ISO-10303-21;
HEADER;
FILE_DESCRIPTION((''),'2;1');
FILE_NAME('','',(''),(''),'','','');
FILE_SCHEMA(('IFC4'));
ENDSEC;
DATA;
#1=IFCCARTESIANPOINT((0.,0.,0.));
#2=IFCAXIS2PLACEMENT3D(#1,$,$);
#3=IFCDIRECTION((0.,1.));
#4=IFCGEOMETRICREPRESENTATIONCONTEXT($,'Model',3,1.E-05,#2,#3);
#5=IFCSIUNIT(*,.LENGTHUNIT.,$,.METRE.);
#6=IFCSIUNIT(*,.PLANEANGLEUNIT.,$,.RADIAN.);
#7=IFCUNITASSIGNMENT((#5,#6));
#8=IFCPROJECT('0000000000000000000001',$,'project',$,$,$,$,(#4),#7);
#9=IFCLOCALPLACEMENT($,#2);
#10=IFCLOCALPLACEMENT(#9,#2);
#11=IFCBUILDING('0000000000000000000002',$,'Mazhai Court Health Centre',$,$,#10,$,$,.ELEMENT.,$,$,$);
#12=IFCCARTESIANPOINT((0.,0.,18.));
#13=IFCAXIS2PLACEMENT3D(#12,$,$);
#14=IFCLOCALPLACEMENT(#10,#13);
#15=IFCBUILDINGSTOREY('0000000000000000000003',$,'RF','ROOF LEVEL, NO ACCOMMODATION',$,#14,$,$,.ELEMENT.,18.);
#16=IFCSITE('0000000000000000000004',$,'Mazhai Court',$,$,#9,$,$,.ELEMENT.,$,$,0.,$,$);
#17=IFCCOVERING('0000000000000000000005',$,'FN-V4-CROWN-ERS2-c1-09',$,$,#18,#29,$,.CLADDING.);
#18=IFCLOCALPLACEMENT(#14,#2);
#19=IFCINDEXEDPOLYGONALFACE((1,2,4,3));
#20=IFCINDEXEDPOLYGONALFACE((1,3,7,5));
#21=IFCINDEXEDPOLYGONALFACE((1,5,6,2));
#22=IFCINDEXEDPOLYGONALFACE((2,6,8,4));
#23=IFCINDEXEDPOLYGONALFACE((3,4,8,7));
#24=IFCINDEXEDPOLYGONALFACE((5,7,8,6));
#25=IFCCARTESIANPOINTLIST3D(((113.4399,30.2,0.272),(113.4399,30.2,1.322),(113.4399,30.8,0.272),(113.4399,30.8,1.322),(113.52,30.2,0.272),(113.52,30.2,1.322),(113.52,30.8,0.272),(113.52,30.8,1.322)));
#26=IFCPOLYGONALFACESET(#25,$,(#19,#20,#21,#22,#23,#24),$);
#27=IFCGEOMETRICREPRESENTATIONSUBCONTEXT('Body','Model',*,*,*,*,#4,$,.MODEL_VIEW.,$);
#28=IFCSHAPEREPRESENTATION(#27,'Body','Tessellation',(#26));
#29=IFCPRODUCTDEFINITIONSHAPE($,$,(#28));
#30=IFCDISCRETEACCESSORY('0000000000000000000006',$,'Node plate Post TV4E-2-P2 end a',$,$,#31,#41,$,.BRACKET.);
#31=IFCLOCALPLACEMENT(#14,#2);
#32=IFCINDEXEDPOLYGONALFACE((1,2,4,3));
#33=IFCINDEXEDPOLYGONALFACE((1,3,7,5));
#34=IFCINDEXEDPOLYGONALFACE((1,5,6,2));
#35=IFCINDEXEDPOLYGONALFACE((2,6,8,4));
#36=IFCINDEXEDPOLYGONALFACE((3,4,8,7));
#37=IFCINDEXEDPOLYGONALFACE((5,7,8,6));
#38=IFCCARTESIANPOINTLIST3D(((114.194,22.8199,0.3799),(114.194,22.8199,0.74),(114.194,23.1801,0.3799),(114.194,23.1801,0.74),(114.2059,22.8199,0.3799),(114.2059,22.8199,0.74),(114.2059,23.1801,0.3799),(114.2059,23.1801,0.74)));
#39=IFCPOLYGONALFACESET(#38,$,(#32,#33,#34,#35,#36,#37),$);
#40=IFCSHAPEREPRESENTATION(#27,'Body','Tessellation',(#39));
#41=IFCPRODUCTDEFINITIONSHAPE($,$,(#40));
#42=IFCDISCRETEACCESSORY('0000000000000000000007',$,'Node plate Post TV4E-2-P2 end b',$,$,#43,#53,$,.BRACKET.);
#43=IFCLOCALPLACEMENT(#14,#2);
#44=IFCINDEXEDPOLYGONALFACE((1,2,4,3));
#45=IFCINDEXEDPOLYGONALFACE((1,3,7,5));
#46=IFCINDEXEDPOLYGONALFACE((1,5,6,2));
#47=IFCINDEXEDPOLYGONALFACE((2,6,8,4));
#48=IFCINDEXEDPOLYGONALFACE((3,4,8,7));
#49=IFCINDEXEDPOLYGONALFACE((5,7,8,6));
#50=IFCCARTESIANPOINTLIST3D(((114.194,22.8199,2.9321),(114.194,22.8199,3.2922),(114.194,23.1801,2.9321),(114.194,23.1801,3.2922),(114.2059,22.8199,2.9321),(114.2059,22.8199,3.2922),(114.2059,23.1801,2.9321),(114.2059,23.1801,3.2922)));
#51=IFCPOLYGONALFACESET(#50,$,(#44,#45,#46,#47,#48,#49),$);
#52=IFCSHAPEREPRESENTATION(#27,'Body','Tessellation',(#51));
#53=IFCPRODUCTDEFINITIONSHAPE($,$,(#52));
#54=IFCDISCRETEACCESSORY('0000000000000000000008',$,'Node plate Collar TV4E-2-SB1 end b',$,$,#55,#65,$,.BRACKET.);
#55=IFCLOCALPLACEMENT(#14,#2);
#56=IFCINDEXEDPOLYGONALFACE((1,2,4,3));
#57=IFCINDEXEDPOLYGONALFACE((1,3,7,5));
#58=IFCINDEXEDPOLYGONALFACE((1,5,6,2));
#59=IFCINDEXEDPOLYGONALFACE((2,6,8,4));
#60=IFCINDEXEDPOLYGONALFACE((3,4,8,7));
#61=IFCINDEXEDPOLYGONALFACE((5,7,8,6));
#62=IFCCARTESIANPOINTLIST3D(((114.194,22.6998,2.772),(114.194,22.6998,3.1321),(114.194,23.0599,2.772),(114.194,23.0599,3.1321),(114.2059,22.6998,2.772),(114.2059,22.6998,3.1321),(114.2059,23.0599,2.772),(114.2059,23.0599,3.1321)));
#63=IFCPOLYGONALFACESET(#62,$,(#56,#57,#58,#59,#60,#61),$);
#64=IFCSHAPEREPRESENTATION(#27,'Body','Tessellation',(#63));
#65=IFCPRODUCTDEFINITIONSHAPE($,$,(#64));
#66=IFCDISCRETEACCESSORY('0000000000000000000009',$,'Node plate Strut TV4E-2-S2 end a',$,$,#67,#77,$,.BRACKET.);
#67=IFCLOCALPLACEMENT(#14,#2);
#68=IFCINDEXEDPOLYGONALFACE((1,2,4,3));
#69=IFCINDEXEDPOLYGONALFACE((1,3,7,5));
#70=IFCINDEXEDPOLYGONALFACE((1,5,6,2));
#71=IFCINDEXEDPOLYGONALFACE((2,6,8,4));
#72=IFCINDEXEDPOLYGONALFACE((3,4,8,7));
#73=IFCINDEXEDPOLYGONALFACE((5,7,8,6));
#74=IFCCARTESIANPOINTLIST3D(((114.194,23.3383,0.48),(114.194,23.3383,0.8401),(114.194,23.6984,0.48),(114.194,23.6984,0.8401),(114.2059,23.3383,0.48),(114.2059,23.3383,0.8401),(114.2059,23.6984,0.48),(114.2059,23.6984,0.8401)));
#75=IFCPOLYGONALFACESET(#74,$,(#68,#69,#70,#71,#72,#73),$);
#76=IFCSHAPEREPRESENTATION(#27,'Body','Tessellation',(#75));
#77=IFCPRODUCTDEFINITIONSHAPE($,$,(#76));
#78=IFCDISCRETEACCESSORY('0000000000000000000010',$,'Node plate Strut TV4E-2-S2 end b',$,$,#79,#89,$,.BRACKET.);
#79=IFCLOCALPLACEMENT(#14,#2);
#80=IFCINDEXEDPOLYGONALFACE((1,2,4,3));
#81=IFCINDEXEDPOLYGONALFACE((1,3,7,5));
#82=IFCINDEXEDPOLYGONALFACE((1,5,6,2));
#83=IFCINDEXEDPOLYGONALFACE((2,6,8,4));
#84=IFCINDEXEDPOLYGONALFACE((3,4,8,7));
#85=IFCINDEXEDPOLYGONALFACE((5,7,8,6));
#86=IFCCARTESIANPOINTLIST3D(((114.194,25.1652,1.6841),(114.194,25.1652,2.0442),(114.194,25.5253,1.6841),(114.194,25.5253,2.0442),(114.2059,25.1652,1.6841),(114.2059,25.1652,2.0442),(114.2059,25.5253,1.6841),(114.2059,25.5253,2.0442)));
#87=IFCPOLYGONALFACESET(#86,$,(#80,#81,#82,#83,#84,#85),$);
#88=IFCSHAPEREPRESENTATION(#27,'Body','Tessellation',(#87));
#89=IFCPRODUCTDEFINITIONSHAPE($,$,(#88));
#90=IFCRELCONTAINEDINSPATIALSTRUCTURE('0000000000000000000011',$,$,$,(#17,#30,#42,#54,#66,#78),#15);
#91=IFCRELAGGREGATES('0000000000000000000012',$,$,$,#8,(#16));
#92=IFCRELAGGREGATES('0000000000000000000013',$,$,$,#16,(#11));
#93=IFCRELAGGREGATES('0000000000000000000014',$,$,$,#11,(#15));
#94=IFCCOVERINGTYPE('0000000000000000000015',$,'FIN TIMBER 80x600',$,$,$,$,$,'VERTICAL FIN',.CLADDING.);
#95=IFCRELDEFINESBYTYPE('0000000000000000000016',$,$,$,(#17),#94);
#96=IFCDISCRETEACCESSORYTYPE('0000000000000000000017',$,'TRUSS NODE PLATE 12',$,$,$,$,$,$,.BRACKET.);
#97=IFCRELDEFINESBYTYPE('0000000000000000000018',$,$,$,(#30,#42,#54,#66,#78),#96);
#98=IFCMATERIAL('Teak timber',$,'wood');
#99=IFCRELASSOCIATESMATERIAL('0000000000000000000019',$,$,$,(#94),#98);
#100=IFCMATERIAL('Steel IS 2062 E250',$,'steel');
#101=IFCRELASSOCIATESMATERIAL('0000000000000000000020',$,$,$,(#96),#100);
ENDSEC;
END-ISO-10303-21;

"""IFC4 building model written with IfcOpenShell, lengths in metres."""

from ifc_helpers import new_model, si_unit, direction, frame, origin, origin_2d, place, context, subcontext, project, spatial, rectangle, extrude, material, type_object, element, save


model = new_model("IFC4")

# Units and contexts
model_context = context("Model", 3, precision=1e-05, world=origin(), true_north=direction((0.0, 1.0)))
body_context = subcontext(model_context, "Body", "Model", "MODEL_VIEW")
ifc_project = project(units=[si_unit("LENGTHUNIT", "METRE"), si_unit("PLANEANGLEUNIT", "RADIAN")], contexts=[model_context])

# Site, building, storey
site_placement = place(None, origin())
site = spatial("IfcSite", under=ifc_project, at=site_placement, Name="Mazhai Court", CompositionType="ELEMENT", RefElevation=0.0)
building_placement = place(site_placement, origin())
building = spatial("IfcBuilding", under=site, at=building_placement, Name="Mazhai Court Health Centre", CompositionType="ELEMENT")
storey_placement = place(building_placement, frame((0.0, 0.0, 18.0)))
storey = spatial("IfcBuildingStorey", under=building, at=storey_placement, Name="RF", Description="ROOF LEVEL, NO ACCOMMODATION", CompositionType="ELEMENT", Elevation=18.0)

# Covering
ifc_material_1 = material(Name="Teak timber", Category="wood")
covering_type = type_object("IfcCoveringType", Name="FIN TIMBER 80x600", ElementType="VERTICAL FIN", PredefinedType="CLADDING", material=ifc_material_1)
for number, where, z_axis, x_axis, name in (
    (1, (113.48, 30.5, 0.272), (0.0, 0.0, 1.0), (1.0, 0.0, 0.0), "FN-V4-CROWN-ERS2-c1-09"),
):
    element("IfcCovering", number, at=place(storey_placement, frame(where, z_axis=z_axis, x_axis=x_axis)), inside=storey, type_object=covering_type, Name=name, PredefinedType="CLADDING", context=body_context, shape_type="SweptSolid", body=[
        extrude(rectangle(XDim=0.0801, YDim=0.6001, at=origin_2d()), origin(), (0.0, 0.0, 1.0), 1.05),
    ])

# Discrete accessories
ifc_material_2 = material(Name="Steel IS 2062 E250", Category="steel")
discrete_accessory_type = type_object("IfcDiscreteAccessoryType", Name="TRUSS NODE PLATE 12", PredefinedType="BRACKET", material=ifc_material_2)
for number, where, z_axis, x_axis, name in (
    (2, (114.2, 23.0, 0.3799), (0.0, 0.0, 1.0), (1.0, 0.0, 0.0), "Node plate Post TV4E-2-P2 end a"),
    (3, (114.2, 23.0, 2.9321), (0.0, 0.0, 1.0), (1.0, 0.0, 0.0), "Node plate Post TV4E-2-P2 end b"),
    (4, (114.2, 22.8799, 2.772), (0.0, 0.0, 1.0), (1.0, 0.0, 0.0), "Node plate Collar TV4E-2-SB1 end b"),
    (5, (114.2, 23.5183, 0.48), (0.0, 0.0, 1.0), (1.0, 0.0, 0.0), "Node plate Strut TV4E-2-S2 end a"),
    (6, (114.2, 25.3452, 1.6841), (0.0, 0.0, 1.0), (1.0, 0.0, 0.0), "Node plate Strut TV4E-2-S2 end b"),
):
    element("IfcDiscreteAccessory", number, at=place(storey_placement, frame(where, z_axis=z_axis, x_axis=x_axis)), inside=storey, type_object=discrete_accessory_type, Name=name, PredefinedType="BRACKET", context=body_context, shape_type="SweptSolid", body=[
        extrude(rectangle(XDim=0.012, YDim=0.3601, at=origin_2d()), origin(), (0.0, 0.0, 1.0), 0.3601),
    ])

save(model, "model.ifc")
